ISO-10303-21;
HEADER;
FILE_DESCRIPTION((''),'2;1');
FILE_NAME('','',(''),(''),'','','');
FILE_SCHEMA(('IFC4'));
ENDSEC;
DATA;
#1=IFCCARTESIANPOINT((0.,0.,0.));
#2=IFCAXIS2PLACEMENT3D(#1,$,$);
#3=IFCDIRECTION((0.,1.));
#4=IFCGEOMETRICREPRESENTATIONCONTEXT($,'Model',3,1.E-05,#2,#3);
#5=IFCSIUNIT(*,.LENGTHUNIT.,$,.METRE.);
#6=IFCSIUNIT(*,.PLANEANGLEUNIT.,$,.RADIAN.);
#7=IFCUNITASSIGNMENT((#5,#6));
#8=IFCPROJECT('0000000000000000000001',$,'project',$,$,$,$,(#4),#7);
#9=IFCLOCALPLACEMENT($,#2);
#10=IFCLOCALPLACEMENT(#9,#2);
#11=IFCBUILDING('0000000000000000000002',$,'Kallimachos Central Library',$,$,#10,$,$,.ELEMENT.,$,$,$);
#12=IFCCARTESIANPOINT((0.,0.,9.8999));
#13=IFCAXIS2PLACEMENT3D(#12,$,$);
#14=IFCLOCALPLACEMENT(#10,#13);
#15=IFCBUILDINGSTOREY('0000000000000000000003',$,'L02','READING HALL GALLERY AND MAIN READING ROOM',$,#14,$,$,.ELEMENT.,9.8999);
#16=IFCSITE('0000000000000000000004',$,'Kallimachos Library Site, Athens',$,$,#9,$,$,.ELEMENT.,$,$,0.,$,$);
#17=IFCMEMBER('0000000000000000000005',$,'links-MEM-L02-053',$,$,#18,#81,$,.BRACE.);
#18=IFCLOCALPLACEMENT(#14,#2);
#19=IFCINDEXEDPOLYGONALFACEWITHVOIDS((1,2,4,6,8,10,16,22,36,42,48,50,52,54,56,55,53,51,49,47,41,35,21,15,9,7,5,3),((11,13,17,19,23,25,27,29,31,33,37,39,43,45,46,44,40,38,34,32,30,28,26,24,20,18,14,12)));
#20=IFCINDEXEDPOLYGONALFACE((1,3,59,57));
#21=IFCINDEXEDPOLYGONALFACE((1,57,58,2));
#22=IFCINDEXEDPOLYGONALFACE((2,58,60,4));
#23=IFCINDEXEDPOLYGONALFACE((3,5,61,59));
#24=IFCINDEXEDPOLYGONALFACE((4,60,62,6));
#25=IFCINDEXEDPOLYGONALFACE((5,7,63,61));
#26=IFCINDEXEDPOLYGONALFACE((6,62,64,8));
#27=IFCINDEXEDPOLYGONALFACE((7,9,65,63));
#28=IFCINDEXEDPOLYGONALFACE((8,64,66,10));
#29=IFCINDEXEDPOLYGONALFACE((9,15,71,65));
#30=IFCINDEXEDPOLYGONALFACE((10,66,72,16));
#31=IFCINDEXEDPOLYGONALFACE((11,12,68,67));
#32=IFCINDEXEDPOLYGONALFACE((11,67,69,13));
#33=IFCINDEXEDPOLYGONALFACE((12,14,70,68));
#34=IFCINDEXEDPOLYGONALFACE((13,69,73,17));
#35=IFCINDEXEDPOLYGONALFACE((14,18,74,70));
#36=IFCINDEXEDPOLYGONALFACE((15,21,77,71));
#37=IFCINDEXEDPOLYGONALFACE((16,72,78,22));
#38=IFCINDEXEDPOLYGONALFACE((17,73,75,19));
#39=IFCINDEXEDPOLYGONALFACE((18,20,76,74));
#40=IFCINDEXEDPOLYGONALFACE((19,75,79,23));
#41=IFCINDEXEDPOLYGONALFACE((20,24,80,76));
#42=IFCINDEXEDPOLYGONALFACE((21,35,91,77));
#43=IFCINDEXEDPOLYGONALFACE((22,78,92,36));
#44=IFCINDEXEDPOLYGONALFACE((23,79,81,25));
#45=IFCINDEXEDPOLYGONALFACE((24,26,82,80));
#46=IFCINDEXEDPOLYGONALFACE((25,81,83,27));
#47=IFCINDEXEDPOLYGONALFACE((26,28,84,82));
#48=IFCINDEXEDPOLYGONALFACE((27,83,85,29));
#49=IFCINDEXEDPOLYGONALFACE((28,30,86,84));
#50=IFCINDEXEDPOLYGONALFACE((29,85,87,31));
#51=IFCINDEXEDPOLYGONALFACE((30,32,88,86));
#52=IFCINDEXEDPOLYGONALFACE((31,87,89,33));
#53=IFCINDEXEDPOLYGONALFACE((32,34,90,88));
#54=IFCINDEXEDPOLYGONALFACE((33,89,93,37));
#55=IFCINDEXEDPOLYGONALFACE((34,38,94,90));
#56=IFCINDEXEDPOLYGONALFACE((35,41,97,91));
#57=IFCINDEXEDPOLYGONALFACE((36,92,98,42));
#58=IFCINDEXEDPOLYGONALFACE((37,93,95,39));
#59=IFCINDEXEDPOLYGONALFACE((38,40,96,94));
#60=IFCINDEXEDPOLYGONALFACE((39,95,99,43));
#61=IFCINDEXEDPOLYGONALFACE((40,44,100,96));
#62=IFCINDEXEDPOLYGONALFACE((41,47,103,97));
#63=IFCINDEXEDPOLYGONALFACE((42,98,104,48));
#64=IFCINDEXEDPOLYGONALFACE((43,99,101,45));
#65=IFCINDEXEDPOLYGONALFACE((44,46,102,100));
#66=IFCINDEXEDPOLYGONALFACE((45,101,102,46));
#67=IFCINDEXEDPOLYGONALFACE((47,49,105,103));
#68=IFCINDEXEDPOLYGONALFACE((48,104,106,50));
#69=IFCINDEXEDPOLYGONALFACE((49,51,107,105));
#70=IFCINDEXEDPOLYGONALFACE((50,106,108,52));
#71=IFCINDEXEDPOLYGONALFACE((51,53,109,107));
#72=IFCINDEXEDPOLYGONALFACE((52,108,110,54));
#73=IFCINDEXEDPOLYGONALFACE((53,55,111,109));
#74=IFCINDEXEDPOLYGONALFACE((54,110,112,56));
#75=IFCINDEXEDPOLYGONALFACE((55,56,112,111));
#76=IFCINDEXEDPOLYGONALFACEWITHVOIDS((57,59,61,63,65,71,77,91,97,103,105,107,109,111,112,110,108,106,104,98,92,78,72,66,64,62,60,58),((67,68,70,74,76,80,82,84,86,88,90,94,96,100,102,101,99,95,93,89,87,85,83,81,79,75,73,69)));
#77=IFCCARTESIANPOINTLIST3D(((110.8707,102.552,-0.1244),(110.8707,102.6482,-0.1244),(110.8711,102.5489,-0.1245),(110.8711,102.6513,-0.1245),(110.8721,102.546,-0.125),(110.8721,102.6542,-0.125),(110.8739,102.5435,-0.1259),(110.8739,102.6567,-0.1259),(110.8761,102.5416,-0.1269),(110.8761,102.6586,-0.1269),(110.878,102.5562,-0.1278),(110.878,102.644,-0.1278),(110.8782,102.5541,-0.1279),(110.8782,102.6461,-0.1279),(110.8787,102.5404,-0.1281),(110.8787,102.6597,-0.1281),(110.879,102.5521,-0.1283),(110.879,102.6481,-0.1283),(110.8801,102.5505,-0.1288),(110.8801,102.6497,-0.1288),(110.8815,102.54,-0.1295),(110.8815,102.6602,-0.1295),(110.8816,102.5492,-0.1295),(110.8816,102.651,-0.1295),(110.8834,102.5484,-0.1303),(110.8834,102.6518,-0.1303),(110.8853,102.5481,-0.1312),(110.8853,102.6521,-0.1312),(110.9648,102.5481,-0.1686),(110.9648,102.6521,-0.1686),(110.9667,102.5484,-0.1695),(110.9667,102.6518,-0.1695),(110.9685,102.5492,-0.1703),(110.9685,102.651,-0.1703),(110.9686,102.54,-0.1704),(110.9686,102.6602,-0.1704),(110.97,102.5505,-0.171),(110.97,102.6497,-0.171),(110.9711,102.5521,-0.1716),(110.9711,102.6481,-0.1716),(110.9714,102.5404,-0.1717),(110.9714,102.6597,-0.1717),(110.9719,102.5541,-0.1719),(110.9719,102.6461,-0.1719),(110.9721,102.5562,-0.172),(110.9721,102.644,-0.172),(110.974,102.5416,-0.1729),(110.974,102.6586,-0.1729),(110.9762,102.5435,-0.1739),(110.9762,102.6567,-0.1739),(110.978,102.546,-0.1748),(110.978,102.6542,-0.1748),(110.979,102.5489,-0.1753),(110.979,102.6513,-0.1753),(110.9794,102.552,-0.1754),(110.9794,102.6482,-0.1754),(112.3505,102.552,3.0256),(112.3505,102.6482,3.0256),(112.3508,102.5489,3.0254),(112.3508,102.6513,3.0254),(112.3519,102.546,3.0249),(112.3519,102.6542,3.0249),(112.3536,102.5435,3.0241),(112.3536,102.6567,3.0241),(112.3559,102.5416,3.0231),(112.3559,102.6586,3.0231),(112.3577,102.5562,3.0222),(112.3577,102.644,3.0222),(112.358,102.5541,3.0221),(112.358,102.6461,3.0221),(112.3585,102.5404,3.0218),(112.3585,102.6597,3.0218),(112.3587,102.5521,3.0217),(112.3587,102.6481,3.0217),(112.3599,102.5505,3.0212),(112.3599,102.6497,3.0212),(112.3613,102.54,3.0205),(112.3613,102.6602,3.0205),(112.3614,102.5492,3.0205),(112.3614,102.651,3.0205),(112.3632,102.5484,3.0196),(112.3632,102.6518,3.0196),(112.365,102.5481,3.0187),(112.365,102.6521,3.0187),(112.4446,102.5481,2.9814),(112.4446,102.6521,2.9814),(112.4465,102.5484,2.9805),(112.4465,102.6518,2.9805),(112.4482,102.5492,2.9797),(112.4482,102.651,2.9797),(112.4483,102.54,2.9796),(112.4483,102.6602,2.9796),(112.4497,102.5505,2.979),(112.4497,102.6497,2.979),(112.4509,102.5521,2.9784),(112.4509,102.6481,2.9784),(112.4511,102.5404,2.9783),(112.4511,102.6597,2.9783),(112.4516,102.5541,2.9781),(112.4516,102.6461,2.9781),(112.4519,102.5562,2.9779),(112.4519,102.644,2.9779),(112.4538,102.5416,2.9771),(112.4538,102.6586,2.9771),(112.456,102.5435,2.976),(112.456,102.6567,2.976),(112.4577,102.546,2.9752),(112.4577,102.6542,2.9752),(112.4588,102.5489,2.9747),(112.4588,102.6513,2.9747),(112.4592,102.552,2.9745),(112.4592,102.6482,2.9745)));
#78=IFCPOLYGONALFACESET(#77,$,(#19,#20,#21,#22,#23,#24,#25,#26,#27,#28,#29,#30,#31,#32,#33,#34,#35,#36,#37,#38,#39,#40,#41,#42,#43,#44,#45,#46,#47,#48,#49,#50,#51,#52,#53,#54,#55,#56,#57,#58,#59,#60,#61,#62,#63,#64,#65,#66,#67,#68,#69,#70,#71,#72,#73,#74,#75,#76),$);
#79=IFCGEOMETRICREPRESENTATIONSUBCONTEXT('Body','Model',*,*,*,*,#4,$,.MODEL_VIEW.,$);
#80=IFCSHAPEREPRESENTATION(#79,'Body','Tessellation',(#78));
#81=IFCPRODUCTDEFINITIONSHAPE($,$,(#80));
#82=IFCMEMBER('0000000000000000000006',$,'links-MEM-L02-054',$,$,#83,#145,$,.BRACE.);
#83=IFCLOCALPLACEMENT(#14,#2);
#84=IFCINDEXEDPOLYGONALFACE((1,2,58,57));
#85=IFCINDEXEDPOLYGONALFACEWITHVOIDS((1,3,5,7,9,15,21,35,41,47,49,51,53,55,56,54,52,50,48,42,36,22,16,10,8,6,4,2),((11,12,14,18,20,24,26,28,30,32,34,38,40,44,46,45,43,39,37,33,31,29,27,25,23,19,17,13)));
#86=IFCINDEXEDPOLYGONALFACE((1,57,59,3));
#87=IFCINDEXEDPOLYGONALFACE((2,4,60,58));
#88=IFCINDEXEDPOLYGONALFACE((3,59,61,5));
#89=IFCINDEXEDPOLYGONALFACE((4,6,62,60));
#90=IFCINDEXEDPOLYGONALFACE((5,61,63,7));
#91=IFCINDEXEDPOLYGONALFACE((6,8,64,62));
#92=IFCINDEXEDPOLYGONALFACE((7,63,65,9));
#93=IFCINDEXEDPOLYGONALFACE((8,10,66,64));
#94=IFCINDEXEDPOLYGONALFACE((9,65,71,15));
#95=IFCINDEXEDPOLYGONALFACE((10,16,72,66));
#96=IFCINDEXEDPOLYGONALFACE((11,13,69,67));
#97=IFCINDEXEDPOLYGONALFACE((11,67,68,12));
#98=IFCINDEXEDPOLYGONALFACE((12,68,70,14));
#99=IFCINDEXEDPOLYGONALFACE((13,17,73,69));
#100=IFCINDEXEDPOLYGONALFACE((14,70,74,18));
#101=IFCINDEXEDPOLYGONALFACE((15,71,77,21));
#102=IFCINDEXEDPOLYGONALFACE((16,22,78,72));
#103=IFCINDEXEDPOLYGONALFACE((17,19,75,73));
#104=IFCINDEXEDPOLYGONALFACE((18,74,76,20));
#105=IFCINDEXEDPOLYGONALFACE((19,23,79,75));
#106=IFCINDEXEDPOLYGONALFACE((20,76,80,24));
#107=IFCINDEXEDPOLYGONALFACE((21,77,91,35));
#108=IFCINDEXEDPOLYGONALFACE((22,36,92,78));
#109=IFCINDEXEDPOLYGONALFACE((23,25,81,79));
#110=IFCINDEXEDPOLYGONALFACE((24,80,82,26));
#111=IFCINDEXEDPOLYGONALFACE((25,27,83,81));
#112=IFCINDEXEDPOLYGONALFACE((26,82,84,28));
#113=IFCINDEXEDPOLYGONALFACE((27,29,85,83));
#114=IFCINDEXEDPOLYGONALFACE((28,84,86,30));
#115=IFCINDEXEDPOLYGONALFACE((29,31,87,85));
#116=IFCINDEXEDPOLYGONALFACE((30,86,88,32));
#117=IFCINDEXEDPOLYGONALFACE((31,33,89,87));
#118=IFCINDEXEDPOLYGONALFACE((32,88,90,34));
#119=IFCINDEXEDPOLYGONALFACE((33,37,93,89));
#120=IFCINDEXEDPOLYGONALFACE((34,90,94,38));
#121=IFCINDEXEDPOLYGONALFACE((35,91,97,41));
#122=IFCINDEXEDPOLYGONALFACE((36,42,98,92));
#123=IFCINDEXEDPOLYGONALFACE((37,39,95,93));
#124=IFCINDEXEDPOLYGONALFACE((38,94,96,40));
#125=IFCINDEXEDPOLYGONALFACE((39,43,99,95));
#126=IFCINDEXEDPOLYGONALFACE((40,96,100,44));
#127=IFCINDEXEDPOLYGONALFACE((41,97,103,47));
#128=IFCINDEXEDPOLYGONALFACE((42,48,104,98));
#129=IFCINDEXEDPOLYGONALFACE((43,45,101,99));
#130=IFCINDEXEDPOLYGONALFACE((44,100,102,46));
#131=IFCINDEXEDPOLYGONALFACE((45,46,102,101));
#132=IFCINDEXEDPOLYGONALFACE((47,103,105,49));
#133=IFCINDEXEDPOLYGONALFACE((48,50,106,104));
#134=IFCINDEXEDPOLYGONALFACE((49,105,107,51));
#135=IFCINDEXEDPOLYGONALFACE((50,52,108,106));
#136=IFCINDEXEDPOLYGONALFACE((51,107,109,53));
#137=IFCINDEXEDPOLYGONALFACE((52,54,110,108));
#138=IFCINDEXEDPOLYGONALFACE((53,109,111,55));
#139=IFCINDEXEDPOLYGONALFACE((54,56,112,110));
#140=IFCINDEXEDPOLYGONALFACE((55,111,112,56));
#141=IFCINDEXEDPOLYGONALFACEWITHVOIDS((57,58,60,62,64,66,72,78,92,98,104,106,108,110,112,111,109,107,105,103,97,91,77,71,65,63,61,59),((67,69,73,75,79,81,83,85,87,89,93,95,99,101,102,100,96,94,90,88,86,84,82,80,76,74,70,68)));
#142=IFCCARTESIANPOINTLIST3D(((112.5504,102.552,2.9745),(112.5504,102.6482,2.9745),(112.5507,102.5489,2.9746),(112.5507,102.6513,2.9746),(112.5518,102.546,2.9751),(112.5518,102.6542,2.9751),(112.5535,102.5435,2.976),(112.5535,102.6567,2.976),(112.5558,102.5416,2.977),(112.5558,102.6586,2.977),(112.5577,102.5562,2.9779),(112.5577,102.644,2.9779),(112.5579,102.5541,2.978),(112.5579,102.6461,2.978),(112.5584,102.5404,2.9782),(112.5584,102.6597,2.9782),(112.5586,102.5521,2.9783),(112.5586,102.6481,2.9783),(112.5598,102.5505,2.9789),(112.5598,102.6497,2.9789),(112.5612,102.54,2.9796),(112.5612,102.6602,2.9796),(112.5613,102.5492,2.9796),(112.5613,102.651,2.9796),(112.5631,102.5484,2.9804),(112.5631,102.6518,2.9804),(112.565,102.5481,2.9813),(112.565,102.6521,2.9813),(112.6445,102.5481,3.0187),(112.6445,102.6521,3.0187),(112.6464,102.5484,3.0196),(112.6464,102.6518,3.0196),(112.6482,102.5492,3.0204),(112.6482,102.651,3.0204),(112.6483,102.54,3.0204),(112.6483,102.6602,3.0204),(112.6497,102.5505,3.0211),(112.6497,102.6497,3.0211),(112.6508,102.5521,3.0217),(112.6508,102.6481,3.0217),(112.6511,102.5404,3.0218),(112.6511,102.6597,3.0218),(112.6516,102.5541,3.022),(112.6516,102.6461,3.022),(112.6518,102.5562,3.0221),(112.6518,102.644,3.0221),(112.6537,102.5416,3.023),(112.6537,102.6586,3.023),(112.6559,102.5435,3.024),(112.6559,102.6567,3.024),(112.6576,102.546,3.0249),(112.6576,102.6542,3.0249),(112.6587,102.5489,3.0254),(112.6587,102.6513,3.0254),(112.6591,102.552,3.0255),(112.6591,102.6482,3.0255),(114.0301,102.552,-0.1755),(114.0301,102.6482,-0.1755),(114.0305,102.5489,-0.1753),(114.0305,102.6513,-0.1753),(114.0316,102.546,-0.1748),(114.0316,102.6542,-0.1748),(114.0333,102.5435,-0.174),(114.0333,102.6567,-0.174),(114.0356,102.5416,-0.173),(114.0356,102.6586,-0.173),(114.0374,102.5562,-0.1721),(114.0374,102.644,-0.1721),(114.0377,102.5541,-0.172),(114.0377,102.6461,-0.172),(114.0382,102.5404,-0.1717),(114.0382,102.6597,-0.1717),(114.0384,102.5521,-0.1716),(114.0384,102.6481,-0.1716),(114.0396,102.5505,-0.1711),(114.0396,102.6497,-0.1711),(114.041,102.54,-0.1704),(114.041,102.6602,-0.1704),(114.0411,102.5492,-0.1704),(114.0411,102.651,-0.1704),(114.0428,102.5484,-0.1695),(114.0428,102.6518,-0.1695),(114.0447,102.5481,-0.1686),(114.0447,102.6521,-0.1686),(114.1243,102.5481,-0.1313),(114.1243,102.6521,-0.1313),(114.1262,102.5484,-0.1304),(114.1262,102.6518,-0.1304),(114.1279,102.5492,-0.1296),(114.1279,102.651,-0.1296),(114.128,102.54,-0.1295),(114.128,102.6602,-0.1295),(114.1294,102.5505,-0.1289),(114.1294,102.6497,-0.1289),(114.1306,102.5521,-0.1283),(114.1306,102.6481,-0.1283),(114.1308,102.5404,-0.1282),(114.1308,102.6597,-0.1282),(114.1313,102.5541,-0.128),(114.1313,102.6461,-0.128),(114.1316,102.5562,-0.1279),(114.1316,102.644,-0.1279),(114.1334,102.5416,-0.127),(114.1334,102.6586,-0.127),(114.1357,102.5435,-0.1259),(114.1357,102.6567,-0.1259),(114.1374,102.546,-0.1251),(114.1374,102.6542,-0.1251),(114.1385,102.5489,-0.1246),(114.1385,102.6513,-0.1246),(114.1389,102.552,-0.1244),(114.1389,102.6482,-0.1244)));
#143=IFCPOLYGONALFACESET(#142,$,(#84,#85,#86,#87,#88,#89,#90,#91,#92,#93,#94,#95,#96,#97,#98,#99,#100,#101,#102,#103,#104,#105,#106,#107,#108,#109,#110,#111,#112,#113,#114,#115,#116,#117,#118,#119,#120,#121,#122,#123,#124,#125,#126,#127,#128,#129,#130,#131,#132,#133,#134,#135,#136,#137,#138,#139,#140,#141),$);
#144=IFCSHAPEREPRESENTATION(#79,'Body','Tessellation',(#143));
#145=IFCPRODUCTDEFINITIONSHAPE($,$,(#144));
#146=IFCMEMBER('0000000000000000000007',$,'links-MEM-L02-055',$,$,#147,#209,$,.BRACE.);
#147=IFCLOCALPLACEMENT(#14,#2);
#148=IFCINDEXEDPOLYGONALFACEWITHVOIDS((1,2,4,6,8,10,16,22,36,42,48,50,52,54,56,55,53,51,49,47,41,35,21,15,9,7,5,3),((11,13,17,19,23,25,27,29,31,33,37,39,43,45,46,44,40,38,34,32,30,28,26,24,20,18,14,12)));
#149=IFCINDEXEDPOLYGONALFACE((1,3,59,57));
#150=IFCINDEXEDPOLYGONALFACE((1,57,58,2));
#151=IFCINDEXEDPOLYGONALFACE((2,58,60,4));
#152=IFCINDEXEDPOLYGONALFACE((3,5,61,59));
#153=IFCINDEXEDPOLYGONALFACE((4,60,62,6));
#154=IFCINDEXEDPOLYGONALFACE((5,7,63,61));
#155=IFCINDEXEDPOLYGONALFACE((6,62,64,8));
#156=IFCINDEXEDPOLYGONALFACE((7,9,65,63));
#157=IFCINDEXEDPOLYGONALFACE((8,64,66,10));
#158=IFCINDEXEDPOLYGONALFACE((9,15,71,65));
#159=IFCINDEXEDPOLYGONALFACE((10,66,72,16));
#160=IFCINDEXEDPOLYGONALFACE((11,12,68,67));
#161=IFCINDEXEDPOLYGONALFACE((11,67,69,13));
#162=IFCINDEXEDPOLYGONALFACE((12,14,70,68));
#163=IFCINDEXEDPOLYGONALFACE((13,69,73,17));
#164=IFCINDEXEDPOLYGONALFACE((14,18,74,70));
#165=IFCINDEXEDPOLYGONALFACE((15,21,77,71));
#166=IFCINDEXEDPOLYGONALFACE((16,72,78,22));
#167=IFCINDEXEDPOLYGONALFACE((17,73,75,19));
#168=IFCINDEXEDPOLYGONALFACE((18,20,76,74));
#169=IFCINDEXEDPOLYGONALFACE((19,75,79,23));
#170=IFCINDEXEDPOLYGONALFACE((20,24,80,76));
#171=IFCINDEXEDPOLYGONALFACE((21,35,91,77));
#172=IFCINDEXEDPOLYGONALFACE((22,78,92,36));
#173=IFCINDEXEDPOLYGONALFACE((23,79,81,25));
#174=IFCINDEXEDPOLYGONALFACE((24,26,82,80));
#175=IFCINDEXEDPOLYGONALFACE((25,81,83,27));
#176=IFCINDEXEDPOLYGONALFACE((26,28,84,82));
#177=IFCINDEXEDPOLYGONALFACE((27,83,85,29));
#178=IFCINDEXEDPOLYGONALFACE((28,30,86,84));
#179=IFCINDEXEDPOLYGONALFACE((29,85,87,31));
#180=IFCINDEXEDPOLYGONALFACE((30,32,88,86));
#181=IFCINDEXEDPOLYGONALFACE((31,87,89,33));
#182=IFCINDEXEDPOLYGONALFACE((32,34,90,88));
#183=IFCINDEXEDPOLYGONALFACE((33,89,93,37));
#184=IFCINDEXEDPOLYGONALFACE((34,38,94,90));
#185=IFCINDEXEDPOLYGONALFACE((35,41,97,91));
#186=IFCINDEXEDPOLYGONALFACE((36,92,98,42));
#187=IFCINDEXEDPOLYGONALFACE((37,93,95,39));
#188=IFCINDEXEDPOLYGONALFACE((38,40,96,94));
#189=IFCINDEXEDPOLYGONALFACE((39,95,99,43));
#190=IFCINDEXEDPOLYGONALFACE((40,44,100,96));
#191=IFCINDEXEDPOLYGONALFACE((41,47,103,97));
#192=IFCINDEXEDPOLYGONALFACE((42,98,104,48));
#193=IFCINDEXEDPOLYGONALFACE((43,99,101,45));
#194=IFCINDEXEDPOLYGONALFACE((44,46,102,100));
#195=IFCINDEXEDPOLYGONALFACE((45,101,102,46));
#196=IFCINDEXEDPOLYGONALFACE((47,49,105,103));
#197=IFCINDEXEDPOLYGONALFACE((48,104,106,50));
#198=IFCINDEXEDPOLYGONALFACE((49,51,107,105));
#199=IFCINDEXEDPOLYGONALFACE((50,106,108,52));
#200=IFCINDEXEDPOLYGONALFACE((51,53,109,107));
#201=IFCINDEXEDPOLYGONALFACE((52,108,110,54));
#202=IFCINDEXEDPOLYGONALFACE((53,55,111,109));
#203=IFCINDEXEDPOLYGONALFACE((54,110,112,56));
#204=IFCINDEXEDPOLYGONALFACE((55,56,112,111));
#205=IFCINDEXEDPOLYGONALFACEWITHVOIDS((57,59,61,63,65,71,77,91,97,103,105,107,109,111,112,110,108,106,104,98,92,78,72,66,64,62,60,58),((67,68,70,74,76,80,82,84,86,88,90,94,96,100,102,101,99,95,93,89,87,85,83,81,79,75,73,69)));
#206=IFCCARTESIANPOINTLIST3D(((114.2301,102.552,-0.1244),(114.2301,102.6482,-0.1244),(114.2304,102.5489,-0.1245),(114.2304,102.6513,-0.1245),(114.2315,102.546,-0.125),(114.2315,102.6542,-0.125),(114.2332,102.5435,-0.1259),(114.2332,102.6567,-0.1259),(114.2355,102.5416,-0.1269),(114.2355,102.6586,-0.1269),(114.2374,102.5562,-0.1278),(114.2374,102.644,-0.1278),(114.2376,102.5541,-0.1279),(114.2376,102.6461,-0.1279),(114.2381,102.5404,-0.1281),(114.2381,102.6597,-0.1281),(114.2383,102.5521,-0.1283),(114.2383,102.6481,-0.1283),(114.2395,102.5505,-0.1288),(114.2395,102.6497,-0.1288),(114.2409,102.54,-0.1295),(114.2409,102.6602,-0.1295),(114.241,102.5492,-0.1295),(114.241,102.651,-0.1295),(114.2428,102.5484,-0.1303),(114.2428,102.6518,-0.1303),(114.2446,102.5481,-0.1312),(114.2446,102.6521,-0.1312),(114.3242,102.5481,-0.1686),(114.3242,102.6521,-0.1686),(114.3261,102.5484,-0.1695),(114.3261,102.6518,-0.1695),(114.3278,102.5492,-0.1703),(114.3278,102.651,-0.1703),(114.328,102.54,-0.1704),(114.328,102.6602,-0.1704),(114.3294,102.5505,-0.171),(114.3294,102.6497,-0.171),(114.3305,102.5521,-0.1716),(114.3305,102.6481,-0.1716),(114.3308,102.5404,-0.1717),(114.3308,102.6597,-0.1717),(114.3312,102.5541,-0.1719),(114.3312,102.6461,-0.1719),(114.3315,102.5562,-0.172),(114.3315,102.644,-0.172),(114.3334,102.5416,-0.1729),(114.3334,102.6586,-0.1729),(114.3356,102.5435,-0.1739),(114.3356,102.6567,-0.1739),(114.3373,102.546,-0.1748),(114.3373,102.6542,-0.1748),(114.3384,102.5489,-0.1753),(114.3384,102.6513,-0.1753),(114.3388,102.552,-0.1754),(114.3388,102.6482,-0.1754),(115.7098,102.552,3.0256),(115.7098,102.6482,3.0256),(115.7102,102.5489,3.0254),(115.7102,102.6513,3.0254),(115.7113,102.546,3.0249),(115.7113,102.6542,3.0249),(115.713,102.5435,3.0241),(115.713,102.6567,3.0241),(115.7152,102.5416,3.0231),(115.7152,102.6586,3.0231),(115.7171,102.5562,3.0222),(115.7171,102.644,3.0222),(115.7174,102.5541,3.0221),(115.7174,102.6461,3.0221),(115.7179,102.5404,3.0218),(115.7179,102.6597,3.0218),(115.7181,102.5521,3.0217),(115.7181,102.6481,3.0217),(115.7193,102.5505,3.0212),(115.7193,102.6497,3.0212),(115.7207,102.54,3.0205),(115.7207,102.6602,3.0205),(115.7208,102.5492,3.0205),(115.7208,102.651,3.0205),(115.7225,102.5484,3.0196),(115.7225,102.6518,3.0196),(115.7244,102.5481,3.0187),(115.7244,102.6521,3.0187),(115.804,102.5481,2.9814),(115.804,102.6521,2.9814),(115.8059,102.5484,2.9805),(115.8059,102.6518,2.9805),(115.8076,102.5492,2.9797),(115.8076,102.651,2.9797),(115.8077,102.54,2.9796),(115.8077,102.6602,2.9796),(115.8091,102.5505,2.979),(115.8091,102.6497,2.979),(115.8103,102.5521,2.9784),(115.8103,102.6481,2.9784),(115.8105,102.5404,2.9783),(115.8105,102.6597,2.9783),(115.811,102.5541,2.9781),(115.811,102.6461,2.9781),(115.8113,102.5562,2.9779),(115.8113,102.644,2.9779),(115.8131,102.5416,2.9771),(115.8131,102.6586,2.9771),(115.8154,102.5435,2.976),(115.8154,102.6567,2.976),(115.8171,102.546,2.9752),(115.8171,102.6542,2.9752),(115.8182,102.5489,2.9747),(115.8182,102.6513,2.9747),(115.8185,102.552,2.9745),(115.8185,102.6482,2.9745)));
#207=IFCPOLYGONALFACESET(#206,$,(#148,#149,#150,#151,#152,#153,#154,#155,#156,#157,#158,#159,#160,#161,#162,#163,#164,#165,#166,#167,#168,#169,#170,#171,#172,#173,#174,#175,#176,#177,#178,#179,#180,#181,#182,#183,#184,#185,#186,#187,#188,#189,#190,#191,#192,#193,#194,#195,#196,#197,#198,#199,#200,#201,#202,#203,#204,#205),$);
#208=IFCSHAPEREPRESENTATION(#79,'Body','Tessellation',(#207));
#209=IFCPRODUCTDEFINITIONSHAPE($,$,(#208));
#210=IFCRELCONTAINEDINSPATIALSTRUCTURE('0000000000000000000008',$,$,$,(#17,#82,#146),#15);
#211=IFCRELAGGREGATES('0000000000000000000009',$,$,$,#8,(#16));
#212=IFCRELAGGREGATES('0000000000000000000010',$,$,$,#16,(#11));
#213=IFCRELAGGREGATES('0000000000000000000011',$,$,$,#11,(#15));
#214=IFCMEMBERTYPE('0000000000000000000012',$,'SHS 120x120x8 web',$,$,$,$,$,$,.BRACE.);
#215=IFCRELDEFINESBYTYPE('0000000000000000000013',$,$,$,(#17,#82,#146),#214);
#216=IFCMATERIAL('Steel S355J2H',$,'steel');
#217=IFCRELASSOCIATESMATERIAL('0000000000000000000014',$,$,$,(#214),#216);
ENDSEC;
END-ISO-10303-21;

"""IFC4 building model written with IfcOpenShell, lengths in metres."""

from ifc_helpers import new_model, si_unit, direction, frame, origin, origin_2d, place, context, subcontext, project, spatial, hollow_rectangle, extrude, material, material_profile, profile_set, type_object, element, save


model = new_model("IFC4")

# Units and contexts
model_context = context("Model", 3, precision=1e-05, world=origin(), true_north=direction((0.0, 1.0)))
body_context = subcontext(model_context, "Body", "Model", "MODEL_VIEW")
ifc_project = project(units=[si_unit("LENGTHUNIT", "METRE"), si_unit("PLANEANGLEUNIT", "RADIAN")], contexts=[model_context])

# Site, building, storey
site_placement = place(None, origin())
site = spatial("IfcSite", under=ifc_project, at=site_placement, Name="Kallimachos Library Site, Athens", CompositionType="ELEMENT", RefElevation=0.0)
building_placement = place(site_placement, origin())
building = spatial("IfcBuilding", under=site, at=building_placement, Name="Kallimachos Central Library", CompositionType="ELEMENT")
storey_placement = place(building_placement, frame((0.0, 0.0, 9.8999)))
storey = spatial("IfcBuildingStorey", under=building, at=storey_placement, Name="L02", Description="READING HALL GALLERY AND MAIN READING ROOM", CompositionType="ELEMENT", Elevation=9.8999)

# Members
ifc_material_1 = material(Name="Steel S355J2H", Category="steel")
ifc_material_profile_1 = material_profile(ifc_material_1, hollow_rectangle(XDim=0.1201, YDim=0.1201, WallThickness=0.0081, InnerFilletRadius=0.0081, OuterFilletRadius=0.012, at=origin_2d()), Name="SHS 120x120x8")
ifc_profile_set_1 = profile_set([ifc_material_profile_1], Name="Steel S355J2H")
member_type_1 = type_object("IfcMemberType", Name="SHS 120x120x8 web", PredefinedType="BRACE", material=ifc_profile_set_1)
for number, where, z_axis, x_axis, name in (
    (1, (110.925, 102.6001, -0.1499), (0.425192, 0.0, 0.905103), (0.0, 1.0, 0.0), "links-MEM-L02-053"),
    (2, (112.6047, 102.6001, 3.0), (0.425192, 0.0, -0.905103), (0.0, 1.0, 0.0), "links-MEM-L02-054"),
    (3, (114.2844, 102.6001, -0.1499), (0.425192, 0.0, 0.905103), (0.0, 1.0, 0.0), "links-MEM-L02-055"),
):
    element("IfcMember", number, at=place(storey_placement, frame(where, z_axis=z_axis, x_axis=x_axis)), inside=storey, type_object=member_type_1, Name=name, PredefinedType="BRACE", context=body_context, shape_type="SweptSolid", body=[
        extrude(hollow_rectangle(XDim=0.1201, YDim=0.1201, WallThickness=0.0081, InnerFilletRadius=0.0081, OuterFilletRadius=0.012, at=origin_2d()), origin(), (0.0, 0.0, 1.0), 3.4802),
    ])

save(model, "model.ifc")
